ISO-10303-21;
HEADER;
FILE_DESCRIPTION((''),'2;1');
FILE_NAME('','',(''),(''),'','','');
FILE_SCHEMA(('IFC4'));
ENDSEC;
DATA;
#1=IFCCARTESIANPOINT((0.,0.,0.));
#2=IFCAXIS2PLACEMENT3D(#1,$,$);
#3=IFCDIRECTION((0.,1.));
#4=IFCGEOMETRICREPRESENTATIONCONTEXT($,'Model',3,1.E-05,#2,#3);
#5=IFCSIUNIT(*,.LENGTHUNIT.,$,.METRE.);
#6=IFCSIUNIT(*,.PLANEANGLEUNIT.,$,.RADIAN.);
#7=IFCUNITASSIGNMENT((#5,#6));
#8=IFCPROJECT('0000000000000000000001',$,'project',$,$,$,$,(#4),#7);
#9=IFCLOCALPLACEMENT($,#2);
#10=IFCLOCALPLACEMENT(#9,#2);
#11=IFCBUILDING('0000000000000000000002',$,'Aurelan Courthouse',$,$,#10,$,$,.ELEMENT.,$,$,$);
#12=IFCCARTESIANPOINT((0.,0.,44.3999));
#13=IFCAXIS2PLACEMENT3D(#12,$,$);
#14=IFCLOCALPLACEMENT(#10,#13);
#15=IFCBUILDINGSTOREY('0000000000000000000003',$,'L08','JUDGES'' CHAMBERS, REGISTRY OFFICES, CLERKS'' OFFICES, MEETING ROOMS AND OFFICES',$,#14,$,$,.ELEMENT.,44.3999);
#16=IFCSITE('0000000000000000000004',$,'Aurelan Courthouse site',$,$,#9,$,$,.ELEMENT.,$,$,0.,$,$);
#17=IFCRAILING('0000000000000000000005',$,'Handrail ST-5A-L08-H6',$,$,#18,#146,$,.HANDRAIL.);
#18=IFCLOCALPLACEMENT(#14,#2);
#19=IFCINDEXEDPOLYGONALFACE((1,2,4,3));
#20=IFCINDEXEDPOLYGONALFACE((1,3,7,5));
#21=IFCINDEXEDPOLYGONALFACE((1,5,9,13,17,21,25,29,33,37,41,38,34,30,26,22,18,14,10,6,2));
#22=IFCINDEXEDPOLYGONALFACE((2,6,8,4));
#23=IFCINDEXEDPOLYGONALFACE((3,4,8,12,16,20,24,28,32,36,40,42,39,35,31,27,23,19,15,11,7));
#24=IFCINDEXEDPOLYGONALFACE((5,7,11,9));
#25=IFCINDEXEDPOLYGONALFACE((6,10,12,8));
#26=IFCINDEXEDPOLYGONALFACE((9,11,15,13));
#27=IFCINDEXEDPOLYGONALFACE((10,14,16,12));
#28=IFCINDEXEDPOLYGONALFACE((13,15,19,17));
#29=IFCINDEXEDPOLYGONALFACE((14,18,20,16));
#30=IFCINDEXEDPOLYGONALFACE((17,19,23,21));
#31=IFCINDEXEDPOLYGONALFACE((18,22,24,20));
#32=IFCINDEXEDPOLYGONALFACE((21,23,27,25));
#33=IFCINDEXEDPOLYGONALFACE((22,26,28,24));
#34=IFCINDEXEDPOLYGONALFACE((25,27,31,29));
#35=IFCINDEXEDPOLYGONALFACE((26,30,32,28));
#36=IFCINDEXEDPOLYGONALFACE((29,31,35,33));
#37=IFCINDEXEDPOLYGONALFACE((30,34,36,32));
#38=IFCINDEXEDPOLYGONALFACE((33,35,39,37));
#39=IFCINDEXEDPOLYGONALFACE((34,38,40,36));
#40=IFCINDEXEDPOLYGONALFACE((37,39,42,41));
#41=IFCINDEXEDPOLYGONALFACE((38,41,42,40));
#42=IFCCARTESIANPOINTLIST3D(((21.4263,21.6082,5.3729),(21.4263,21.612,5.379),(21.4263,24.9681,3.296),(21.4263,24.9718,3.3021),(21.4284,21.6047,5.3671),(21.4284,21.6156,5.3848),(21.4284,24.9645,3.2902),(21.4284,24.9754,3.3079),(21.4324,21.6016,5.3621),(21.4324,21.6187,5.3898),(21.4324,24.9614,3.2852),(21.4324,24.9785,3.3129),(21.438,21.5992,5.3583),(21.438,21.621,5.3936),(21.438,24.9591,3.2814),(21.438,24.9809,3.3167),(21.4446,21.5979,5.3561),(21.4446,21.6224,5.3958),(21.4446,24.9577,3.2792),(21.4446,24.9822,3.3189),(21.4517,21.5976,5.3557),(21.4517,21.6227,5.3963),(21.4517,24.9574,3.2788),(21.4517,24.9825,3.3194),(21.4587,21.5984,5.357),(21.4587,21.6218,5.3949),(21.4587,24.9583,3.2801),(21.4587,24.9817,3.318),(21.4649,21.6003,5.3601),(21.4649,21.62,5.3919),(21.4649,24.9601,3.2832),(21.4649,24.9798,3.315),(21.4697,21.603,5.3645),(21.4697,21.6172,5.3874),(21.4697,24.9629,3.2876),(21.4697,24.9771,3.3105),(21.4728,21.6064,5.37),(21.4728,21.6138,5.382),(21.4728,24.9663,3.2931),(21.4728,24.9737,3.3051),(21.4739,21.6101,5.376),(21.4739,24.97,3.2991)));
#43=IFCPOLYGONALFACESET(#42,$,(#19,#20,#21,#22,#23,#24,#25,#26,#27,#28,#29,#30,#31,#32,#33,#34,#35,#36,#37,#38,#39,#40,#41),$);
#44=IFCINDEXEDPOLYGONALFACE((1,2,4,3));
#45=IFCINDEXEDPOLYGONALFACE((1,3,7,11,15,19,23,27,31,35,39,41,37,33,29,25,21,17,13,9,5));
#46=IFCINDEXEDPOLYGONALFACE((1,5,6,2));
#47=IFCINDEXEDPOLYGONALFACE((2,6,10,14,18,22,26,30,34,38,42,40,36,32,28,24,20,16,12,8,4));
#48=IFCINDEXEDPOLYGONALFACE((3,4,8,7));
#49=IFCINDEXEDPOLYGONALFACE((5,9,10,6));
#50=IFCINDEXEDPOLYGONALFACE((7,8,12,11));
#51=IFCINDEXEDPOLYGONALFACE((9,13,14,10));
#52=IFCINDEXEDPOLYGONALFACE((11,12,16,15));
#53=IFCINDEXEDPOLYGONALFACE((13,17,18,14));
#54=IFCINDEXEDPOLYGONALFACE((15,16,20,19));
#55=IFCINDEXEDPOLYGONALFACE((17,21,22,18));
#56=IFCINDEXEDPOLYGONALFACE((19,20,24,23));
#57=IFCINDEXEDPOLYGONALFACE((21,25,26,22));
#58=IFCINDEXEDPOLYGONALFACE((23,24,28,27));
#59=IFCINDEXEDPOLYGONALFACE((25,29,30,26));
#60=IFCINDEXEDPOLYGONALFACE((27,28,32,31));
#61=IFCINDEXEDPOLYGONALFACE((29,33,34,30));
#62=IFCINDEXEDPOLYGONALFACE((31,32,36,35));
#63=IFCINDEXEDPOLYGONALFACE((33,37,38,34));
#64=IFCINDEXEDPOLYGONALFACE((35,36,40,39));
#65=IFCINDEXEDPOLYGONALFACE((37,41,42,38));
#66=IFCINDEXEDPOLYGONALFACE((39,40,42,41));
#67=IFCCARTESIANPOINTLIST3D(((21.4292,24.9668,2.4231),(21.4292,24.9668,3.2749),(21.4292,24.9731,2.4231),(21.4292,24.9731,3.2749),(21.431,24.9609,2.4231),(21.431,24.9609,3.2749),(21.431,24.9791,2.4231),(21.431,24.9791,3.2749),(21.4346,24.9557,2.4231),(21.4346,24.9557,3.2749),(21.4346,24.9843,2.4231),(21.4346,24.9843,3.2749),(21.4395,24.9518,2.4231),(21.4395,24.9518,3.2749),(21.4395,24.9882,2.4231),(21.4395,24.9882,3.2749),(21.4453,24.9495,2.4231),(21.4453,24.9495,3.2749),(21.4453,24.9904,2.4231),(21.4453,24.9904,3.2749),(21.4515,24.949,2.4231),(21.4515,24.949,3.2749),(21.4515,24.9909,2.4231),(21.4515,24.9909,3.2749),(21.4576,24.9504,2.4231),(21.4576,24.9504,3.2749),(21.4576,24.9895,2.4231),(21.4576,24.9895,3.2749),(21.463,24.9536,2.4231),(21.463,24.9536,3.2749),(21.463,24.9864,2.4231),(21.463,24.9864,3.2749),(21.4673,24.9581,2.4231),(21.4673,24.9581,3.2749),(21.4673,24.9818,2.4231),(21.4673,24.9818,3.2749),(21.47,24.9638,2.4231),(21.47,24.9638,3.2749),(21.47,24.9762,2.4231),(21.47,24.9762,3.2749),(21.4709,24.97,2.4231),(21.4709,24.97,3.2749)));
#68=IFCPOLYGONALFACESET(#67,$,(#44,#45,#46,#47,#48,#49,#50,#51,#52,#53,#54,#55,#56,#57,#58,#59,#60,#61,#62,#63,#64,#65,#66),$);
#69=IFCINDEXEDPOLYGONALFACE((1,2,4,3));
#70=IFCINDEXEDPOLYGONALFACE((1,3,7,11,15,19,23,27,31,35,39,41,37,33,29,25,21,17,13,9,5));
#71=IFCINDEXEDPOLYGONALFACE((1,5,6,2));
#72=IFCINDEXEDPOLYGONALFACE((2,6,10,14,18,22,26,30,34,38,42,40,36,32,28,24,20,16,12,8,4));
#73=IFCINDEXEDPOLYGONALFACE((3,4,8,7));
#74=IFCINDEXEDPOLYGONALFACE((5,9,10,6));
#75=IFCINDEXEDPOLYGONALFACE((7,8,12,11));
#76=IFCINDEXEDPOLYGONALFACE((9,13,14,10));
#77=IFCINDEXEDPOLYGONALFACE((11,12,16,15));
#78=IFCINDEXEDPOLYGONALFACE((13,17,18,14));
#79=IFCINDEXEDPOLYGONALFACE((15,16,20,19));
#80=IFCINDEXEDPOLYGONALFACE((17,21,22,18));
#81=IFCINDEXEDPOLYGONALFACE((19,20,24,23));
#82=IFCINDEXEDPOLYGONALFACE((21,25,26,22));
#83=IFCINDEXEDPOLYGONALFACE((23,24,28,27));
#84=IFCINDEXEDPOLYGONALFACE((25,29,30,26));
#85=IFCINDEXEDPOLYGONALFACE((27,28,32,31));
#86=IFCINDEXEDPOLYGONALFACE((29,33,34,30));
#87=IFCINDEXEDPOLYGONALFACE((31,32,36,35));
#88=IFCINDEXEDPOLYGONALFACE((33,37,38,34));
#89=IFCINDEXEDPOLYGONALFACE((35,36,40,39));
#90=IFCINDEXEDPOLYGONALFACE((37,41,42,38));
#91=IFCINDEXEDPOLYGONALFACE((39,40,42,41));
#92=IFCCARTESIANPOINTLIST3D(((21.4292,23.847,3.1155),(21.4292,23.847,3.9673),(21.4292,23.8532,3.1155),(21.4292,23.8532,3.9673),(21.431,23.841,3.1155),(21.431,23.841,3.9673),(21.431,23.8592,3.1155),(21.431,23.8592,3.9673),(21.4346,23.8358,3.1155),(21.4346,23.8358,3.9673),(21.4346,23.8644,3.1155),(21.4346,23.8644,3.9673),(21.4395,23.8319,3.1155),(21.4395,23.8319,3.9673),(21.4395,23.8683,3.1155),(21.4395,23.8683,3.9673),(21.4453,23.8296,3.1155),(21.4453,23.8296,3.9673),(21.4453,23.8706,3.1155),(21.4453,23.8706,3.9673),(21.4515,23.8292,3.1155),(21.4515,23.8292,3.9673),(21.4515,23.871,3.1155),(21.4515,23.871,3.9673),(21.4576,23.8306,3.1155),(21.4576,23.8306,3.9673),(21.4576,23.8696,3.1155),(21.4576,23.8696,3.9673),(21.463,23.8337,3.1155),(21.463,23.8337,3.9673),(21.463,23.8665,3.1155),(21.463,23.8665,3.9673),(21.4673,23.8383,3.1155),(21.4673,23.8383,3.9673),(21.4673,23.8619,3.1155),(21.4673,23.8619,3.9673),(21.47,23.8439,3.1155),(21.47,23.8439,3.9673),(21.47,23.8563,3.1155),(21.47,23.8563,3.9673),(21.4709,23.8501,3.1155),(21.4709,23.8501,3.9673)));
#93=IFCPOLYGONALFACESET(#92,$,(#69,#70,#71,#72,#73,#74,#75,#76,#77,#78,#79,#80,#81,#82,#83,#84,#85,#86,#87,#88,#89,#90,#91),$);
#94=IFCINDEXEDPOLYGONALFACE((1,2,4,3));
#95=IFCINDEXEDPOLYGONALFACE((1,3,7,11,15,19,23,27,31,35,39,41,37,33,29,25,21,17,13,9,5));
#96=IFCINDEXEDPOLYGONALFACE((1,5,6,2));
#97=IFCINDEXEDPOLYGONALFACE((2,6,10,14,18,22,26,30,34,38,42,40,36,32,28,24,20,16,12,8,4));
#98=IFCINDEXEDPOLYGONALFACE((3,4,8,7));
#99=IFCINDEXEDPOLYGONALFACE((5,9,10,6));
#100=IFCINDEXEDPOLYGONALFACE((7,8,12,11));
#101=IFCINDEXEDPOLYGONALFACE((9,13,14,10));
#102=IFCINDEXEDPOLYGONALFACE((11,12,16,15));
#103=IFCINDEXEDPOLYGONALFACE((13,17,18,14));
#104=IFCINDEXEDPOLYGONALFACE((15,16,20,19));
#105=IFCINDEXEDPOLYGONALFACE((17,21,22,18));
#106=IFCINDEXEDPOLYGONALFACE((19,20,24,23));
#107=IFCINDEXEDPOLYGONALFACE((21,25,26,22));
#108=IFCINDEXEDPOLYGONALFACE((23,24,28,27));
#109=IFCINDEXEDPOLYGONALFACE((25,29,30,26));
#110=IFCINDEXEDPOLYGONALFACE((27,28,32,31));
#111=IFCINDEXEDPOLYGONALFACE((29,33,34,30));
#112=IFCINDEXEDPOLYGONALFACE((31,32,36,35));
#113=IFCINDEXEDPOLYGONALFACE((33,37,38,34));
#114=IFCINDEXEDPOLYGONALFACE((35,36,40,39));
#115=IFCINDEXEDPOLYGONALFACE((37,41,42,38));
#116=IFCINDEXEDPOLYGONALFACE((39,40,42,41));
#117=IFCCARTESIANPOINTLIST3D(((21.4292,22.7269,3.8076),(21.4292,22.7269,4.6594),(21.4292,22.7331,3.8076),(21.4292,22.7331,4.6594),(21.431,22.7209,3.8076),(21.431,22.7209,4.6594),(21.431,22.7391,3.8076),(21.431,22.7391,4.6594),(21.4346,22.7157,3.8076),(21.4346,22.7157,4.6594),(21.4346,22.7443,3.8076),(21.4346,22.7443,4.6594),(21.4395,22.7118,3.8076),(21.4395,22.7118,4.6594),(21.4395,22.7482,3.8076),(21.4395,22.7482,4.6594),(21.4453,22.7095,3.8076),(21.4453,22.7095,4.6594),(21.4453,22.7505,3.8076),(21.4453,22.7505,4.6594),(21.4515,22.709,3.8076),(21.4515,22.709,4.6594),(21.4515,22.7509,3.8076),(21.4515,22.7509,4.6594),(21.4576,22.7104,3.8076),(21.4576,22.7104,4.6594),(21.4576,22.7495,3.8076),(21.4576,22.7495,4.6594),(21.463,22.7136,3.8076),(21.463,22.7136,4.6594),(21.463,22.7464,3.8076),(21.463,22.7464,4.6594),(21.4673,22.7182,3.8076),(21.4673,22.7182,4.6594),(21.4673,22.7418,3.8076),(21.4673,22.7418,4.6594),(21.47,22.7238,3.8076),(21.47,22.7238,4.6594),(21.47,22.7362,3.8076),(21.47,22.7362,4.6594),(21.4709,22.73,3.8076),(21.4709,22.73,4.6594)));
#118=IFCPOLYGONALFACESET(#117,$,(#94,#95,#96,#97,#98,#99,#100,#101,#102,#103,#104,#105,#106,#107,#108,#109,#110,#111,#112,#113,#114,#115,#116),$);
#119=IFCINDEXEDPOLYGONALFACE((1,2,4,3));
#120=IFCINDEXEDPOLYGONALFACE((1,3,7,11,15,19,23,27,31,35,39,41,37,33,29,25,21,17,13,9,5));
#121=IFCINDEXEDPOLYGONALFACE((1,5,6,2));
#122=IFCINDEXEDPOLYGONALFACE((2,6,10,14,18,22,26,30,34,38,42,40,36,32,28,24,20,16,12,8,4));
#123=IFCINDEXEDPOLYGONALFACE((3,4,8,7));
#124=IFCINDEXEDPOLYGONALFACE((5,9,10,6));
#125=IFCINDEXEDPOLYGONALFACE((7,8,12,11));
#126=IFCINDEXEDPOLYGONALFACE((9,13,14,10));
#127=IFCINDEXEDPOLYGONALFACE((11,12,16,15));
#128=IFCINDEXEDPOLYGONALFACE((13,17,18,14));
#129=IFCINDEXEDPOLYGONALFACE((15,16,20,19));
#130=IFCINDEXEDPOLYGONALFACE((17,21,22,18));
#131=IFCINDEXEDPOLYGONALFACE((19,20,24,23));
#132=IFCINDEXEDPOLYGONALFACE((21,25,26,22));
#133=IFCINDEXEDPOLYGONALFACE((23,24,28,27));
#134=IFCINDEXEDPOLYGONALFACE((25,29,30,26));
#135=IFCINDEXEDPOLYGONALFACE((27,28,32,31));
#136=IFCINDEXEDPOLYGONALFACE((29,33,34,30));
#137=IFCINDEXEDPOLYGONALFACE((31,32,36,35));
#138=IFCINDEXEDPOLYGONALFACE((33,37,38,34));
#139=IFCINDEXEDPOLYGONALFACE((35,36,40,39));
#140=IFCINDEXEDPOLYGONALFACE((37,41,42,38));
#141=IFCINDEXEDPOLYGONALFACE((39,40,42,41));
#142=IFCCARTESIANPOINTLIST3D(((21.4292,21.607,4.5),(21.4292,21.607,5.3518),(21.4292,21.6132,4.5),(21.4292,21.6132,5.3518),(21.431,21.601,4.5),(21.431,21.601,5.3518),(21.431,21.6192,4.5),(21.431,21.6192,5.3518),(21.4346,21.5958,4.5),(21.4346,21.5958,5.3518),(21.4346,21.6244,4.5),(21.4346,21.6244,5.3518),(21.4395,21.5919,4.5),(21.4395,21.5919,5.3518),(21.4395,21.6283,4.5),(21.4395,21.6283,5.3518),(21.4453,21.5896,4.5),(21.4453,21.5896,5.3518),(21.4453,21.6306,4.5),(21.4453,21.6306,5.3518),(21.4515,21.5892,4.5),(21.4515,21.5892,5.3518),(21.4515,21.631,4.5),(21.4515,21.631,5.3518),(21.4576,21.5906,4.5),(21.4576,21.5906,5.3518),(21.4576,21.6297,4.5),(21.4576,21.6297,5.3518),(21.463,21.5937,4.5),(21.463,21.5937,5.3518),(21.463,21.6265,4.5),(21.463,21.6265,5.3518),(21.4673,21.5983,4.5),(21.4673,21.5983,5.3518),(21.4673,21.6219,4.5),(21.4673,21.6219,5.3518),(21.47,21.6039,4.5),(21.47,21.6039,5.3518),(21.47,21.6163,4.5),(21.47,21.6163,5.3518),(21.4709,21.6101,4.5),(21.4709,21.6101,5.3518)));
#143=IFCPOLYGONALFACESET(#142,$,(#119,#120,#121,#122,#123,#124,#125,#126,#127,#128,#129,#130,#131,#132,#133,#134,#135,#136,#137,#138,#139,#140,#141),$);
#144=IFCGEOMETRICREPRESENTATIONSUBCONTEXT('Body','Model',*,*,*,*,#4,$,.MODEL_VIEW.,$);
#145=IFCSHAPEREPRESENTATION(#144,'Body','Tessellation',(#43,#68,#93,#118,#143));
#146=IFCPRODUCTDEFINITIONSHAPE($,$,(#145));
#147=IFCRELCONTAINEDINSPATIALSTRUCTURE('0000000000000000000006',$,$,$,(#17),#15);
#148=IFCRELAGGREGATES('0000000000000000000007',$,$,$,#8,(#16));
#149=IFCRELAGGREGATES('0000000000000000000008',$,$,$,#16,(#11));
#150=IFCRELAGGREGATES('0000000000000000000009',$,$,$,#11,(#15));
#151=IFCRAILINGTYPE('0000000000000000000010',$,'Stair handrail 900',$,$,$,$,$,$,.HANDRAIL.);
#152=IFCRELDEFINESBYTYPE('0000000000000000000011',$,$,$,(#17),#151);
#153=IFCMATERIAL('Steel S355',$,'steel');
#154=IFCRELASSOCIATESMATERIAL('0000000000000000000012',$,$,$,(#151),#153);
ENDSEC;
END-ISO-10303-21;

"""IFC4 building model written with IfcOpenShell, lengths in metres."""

from ifc_helpers import new_model, si_unit, direction, frame, origin, origin_2d, place, context, subcontext, project, spatial, circle, extrude, material, type_object, element, save


model = new_model("IFC4")

# Units and contexts
model_context = context("Model", 3, precision=1e-05, world=origin(), true_north=direction((0.0, 1.0)))
body_context = subcontext(model_context, "Body", "Model", "MODEL_VIEW")
ifc_project = project(units=[si_unit("LENGTHUNIT", "METRE"), si_unit("PLANEANGLEUNIT", "RADIAN")], contexts=[model_context])

# Site, building, storey
site_placement = place(None, origin())
site = spatial("IfcSite", under=ifc_project, at=site_placement, Name="Aurelan Courthouse site", CompositionType="ELEMENT", RefElevation=0.0)
building_placement = place(site_placement, origin())
building = spatial("IfcBuilding", under=site, at=building_placement, Name="Aurelan Courthouse", CompositionType="ELEMENT")
storey_placement = place(building_placement, frame((0.0, 0.0, 44.3999)))
storey = spatial("IfcBuildingStorey", under=building, at=storey_placement, Name="L08", Description="JUDGES' CHAMBERS, REGISTRY OFFICES, CLERKS' OFFICES, MEETING ROOMS AND OFFICES", CompositionType="ELEMENT", Elevation=44.3999)

# Railing
ifc_material_1 = material(Name="Steel S355", Category="steel")
railing_type_1 = type_object("IfcRailingType", Name="Stair handrail 900", PredefinedType="HANDRAIL", material=ifc_material_1)
for number, where, name in (
    (1, (21.45, 24.97, 2.4231), "Handrail ST-5A-L08-H6"),
):
    element("IfcRailing", number, at=place(storey_placement, frame(where)), inside=storey, type_object=railing_type_1, Name=name, PredefinedType="HANDRAIL", context=body_context, shape_type="SweptSolid", body=[
        extrude(circle(Radius=0.0239, at=origin_2d()), frame((0.0, 0.0, 0.876), z_axis=(0.0, -0.850606, 0.525803), x_axis=(1.0, 0.0, 0.0)), (0.0, 0.0, 1.0), 3.95),
        extrude(circle(Radius=0.021, at=origin_2d()), origin(), (0.0, 0.0, 1.0), 0.8518),
        extrude(circle(Radius=0.021, at=origin_2d()), frame((0.0, -1.1199, 0.6924)), (0.0, 0.0, 1.0), 0.8518),
        extrude(circle(Radius=0.021, at=origin_2d()), frame((0.0, -2.24, 1.3845)), (0.0, 0.0, 1.0), 0.8518),
        extrude(circle(Radius=0.021, at=origin_2d()), frame((0.0, -3.3599, 2.0769)), (0.0, 0.0, 1.0), 0.8518),
    ])

save(model, "model.ifc")
